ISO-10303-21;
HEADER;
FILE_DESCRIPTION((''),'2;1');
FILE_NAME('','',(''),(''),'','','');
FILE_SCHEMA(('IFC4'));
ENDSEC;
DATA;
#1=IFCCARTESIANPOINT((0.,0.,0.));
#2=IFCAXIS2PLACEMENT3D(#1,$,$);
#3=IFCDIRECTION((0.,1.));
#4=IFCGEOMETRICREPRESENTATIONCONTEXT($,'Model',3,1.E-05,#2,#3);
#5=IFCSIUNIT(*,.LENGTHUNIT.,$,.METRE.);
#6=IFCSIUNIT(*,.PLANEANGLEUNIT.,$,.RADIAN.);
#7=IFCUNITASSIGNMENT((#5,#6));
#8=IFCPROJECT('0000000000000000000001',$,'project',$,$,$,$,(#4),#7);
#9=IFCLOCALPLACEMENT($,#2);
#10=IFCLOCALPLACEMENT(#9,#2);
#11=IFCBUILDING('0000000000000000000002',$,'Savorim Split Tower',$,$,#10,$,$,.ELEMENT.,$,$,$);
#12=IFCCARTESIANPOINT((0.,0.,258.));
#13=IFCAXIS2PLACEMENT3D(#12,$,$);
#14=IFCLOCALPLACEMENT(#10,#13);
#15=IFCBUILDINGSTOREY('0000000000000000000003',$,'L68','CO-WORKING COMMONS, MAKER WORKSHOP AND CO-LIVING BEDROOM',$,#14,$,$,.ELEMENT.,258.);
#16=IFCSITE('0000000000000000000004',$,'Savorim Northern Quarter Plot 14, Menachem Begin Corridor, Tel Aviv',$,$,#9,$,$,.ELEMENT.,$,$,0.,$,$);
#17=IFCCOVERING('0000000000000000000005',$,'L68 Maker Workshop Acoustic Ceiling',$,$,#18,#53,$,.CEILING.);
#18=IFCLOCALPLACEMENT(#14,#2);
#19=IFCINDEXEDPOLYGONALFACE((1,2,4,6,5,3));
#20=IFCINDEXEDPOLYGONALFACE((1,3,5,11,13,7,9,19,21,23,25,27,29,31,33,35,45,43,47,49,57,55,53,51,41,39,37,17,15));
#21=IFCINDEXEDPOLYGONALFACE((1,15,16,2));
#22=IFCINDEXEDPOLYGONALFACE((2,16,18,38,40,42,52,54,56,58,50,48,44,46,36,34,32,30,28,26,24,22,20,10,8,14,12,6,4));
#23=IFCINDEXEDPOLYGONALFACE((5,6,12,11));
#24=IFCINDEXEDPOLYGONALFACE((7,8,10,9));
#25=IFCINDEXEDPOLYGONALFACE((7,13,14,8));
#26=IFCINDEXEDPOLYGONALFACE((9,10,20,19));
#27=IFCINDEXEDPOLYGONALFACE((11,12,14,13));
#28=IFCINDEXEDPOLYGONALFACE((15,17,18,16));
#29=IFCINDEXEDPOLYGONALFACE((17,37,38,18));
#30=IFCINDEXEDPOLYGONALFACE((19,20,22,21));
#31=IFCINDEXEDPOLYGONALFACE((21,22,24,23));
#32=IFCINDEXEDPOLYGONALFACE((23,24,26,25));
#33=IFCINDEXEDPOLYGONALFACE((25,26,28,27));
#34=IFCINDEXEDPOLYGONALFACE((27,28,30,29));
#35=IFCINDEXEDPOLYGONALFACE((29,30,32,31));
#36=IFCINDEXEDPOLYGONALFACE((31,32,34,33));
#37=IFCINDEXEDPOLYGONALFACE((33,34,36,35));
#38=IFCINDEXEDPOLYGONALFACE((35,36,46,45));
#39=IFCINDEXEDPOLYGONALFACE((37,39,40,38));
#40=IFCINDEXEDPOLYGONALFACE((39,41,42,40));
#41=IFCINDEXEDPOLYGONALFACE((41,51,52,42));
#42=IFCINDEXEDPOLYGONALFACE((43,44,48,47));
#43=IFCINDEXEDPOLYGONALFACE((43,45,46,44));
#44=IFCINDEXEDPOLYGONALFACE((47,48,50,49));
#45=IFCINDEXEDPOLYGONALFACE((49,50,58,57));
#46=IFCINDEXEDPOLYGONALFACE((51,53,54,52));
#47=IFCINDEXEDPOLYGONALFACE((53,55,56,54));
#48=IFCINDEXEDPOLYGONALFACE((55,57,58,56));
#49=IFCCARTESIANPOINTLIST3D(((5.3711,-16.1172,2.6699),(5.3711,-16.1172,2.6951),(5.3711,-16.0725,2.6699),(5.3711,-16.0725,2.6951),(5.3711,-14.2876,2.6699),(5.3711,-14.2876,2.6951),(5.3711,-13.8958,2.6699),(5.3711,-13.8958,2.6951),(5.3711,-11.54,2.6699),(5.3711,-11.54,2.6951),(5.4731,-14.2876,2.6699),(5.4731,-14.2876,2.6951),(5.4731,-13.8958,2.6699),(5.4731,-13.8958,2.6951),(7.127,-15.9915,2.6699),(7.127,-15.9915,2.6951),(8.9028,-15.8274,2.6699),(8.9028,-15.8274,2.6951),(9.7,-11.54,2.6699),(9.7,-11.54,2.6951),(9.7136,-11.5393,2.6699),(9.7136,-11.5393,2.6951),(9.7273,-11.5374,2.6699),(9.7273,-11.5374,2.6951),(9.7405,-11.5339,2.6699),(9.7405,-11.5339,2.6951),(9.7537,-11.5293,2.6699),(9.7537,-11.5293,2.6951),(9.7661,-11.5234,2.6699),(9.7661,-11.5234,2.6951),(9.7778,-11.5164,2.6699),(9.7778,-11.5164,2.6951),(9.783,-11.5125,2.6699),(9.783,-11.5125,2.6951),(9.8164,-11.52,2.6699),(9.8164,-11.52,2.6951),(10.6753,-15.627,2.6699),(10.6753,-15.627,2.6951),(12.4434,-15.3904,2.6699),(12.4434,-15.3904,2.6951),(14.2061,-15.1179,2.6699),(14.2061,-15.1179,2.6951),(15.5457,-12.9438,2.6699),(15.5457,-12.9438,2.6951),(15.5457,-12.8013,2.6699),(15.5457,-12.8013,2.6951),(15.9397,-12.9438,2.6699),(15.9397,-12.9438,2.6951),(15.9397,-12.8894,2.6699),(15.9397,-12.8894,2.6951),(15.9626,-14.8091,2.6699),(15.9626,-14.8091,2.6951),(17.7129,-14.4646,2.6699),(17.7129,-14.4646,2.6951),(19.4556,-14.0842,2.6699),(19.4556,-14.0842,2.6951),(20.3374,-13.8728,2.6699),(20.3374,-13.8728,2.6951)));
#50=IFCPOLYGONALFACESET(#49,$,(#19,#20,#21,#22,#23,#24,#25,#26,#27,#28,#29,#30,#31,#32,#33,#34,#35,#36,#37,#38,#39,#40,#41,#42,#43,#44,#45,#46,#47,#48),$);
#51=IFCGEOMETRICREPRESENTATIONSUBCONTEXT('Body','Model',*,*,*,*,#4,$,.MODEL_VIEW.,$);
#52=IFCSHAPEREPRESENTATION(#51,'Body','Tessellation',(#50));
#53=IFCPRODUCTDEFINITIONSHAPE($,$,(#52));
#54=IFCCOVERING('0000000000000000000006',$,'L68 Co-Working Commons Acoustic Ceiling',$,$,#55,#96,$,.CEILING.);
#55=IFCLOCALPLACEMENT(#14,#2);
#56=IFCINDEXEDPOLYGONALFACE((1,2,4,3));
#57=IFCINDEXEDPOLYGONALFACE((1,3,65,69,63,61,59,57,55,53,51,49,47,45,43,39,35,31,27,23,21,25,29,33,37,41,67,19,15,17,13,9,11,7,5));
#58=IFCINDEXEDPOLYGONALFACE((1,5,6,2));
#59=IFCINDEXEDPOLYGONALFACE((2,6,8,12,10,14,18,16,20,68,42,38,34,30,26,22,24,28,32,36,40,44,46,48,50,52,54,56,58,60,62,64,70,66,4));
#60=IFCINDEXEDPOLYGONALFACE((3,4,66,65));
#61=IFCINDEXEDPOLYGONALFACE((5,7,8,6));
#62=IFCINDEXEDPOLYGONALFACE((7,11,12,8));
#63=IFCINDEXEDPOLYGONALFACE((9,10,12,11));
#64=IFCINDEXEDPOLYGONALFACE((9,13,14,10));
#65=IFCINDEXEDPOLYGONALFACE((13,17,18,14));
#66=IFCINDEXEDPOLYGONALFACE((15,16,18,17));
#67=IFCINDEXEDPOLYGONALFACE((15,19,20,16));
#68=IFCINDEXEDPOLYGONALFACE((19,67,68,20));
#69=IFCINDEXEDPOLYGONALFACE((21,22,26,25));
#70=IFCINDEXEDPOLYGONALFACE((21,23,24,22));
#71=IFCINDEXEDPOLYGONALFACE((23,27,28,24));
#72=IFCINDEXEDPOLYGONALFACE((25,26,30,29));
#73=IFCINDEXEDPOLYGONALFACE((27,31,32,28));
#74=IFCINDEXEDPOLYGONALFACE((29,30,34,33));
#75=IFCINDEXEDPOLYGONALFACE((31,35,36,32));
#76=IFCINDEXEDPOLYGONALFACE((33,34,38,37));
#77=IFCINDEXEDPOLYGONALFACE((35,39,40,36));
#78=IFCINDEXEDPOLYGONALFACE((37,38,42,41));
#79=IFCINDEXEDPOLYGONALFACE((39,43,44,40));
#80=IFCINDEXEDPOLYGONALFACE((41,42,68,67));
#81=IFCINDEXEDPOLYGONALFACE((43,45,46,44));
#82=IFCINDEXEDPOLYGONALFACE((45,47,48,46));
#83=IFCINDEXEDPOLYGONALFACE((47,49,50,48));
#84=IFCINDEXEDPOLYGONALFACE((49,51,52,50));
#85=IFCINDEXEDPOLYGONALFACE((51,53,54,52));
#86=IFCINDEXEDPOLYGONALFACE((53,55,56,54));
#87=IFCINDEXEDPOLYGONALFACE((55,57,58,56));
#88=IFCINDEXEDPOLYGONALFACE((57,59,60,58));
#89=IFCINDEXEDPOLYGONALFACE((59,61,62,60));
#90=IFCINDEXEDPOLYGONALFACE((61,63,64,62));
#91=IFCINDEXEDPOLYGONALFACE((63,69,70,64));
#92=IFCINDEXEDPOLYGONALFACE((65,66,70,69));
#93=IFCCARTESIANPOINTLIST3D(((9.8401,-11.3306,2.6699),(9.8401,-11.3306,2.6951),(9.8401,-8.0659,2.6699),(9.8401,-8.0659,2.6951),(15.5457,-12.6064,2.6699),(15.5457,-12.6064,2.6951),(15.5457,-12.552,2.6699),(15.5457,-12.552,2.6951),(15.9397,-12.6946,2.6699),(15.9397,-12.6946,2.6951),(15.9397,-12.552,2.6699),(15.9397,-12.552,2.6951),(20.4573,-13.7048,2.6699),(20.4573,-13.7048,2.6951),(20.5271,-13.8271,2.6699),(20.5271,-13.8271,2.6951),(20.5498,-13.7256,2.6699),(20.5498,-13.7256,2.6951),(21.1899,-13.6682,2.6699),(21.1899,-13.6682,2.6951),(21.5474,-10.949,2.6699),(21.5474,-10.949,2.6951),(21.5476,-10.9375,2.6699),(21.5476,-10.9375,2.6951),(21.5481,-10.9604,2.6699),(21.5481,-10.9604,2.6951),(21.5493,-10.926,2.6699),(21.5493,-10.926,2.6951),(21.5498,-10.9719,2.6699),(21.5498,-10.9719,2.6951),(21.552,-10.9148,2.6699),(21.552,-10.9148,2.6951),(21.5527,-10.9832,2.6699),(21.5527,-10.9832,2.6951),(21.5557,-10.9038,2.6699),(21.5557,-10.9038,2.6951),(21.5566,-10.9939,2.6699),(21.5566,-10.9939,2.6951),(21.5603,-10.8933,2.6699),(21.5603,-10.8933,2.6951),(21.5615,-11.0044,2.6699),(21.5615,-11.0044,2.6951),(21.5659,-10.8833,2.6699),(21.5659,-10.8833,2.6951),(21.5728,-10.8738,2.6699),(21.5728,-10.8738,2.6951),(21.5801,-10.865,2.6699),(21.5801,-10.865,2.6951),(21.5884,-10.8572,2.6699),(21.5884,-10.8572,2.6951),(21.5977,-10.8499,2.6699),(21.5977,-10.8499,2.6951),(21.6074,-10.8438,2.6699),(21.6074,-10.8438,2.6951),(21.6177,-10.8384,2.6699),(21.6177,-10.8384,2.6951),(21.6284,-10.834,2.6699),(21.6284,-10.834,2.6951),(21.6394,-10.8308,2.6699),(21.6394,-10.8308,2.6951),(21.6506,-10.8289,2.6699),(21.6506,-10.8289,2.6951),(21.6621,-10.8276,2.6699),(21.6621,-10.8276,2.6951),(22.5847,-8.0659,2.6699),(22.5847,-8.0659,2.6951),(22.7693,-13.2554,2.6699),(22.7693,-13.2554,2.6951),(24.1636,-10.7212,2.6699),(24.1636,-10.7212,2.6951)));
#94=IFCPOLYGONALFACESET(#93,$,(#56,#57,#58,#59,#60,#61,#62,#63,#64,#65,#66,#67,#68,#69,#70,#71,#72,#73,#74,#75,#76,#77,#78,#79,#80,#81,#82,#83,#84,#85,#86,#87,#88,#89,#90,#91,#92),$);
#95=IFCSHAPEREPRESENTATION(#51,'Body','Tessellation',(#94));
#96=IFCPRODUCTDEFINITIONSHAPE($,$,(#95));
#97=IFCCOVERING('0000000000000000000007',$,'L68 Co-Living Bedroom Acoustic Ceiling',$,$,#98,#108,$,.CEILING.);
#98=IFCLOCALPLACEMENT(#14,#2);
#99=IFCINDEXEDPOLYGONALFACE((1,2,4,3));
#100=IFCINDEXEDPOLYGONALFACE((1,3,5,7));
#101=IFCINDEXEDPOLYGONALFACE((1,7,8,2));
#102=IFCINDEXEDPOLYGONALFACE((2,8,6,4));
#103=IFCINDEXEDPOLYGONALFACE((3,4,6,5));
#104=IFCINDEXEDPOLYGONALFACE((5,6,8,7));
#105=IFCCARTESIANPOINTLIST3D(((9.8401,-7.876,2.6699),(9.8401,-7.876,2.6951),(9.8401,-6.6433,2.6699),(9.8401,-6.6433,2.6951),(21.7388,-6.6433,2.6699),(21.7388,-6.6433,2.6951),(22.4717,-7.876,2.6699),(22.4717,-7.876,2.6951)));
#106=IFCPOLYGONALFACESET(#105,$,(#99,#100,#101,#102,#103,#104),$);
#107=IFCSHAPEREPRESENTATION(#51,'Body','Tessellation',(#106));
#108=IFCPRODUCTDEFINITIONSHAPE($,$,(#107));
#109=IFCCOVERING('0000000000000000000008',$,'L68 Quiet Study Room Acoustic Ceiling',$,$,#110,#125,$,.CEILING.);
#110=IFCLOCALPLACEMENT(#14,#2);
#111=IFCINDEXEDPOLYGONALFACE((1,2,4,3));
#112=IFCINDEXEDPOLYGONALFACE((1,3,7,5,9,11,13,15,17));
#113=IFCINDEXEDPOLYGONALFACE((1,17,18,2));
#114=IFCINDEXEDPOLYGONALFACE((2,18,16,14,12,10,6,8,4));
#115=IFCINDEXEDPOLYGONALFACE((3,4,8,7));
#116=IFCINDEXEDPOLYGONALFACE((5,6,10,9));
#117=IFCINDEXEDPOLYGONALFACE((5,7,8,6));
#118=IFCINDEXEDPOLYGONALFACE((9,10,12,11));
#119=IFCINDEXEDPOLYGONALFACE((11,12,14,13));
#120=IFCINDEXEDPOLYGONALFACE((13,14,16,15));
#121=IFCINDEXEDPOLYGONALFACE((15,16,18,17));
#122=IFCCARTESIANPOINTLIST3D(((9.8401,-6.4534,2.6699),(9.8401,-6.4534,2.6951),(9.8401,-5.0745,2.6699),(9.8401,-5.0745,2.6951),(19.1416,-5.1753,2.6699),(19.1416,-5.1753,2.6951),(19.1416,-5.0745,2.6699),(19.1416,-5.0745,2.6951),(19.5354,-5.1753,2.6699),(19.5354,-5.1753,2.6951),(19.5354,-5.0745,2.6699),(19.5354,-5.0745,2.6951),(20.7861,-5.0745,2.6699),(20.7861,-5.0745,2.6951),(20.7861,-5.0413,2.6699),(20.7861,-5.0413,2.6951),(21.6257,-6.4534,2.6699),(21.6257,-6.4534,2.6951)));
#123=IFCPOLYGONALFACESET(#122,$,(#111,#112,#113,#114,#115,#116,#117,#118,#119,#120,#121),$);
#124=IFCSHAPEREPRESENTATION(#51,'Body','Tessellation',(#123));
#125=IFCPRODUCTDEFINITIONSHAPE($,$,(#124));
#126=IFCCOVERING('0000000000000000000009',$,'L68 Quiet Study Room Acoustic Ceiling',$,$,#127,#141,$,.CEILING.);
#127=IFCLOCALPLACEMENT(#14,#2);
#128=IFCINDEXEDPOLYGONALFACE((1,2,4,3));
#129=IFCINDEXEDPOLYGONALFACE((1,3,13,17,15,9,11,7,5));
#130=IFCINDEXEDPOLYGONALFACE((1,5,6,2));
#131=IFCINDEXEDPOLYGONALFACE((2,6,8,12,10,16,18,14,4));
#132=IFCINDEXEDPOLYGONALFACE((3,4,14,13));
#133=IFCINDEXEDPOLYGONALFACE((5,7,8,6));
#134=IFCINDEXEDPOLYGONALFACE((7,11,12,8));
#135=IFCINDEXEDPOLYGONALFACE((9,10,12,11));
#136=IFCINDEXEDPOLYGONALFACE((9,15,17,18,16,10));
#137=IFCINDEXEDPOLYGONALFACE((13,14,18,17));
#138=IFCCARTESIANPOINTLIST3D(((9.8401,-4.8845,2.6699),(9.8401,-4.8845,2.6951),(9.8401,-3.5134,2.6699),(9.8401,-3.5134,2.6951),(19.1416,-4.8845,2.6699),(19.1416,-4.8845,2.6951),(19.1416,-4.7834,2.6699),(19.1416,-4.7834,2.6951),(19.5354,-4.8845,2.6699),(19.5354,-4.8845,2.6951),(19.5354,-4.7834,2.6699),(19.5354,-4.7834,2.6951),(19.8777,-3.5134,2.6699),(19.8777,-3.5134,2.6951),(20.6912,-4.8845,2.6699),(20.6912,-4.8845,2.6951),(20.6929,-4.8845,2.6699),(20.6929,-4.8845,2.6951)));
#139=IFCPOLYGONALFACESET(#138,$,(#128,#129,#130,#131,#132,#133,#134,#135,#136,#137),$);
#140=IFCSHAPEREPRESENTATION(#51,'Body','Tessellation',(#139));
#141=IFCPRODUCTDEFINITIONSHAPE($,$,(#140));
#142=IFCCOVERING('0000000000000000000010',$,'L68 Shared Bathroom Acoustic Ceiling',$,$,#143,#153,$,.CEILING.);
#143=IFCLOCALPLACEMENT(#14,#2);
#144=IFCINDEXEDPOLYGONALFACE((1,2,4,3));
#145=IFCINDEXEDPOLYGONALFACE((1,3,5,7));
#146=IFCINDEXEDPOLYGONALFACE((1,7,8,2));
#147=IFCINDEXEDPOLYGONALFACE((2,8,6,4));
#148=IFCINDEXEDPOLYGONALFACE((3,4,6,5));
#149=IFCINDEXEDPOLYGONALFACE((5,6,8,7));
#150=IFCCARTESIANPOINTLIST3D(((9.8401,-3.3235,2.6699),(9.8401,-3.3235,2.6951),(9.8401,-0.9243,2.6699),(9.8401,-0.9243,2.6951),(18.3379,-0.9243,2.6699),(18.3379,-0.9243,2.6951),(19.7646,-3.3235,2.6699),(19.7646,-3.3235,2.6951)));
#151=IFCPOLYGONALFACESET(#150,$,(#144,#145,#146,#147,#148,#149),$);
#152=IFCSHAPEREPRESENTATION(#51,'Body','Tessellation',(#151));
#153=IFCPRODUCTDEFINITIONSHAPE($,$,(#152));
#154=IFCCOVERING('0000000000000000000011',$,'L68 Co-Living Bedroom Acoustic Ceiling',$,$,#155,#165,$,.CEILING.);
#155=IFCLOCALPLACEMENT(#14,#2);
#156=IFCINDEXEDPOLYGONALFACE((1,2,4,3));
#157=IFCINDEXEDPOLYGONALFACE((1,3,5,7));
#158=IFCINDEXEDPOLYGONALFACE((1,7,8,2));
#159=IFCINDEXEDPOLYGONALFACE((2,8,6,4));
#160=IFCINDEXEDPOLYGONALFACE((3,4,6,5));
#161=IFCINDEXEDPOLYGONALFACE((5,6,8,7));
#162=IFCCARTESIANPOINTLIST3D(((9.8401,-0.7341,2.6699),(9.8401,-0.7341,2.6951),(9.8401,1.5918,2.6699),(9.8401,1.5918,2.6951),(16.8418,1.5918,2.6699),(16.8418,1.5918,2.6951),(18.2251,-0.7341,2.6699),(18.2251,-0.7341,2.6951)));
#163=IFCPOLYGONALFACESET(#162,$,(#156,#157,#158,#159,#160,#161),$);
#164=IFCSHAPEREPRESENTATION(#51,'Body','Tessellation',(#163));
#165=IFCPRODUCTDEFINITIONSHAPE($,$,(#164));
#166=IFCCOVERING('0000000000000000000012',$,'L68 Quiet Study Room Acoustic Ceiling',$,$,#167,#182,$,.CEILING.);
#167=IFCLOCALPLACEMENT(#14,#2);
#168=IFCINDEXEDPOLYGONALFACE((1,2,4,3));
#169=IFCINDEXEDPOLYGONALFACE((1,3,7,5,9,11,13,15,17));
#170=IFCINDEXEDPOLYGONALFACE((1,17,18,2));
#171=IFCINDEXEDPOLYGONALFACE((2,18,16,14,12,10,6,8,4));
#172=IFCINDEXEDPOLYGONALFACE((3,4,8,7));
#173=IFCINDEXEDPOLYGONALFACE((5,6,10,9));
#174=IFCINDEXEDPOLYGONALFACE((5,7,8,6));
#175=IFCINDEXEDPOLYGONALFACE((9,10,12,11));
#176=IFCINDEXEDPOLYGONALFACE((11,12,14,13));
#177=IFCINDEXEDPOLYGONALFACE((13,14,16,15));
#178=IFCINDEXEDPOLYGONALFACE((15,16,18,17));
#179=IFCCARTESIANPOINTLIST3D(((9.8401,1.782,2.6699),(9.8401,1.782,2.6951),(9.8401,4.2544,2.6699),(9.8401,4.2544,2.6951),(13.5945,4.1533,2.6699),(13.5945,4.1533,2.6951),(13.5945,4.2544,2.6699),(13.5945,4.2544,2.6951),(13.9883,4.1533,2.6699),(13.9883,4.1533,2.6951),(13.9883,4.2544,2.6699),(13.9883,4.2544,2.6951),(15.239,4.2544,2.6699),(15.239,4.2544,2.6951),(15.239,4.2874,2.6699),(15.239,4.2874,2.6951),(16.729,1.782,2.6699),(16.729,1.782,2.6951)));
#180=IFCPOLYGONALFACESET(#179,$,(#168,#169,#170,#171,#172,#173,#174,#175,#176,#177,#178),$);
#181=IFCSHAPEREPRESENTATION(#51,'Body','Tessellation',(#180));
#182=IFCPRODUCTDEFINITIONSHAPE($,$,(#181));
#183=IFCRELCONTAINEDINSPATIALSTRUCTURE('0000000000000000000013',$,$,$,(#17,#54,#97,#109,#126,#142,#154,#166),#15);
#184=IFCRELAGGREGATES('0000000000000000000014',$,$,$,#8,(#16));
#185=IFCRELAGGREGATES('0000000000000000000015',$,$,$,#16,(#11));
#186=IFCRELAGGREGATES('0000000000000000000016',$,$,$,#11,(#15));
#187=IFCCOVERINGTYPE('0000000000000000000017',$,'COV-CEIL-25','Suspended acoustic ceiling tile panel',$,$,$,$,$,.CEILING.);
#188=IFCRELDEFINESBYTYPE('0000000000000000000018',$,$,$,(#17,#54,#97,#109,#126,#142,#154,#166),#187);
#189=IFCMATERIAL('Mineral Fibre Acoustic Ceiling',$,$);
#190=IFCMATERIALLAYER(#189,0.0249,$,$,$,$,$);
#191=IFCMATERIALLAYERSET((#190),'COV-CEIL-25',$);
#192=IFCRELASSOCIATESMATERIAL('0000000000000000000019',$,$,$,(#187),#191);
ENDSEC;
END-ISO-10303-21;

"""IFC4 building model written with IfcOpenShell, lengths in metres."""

from ifc_helpers import new_model, si_unit, direction, frame, origin, place, context, subcontext, project, spatial, polyline, outline, extrude, material, layer, layer_set, type_object, element, save


model = new_model("IFC4")

# Units and contexts
model_context = context("Model", 3, precision=1e-05, world=origin(), true_north=direction((0.0, 1.0)))
body_context = subcontext(model_context, "Body", "Model", "MODEL_VIEW")
ifc_project = project(units=[si_unit("LENGTHUNIT", "METRE"), si_unit("PLANEANGLEUNIT", "RADIAN")], contexts=[model_context])

# Site, building, storey
site_placement = place(None, origin())
site = spatial("IfcSite", under=ifc_project, at=site_placement, Name="Savorim Northern Quarter Plot 14, Menachem Begin Corridor, Tel Aviv", CompositionType="ELEMENT", RefElevation=0.0)
building_placement = place(site_placement, origin())
building = spatial("IfcBuilding", under=site, at=building_placement, Name="Savorim Split Tower", CompositionType="ELEMENT")
storey_placement = place(building_placement, frame((0.0, 0.0, 258.0)))
storey = spatial("IfcBuildingStorey", under=building, at=storey_placement, Name="L68", Description="CO-WORKING COMMONS, MAKER WORKSHOP AND CO-LIVING BEDROOM", CompositionType="ELEMENT", Elevation=258.0)

# Coverings
ifc_material_1 = material(Name="Mineral Fibre Acoustic Ceiling")
ifc_layer_1 = layer(ifc_material_1, 0.0249)
ifc_layer_set_1 = layer_set([ifc_layer_1], Name="COV-CEIL-25")
covering_type_1 = type_object("IfcCoveringType", Name="COV-CEIL-25", Description="Suspended acoustic ceiling tile panel", PredefinedType="CEILING", material=ifc_layer_set_1)
covering_1_placement = place(storey_placement, frame((0.0, 0.0, 2.6699)))
element("IfcCovering", 1, at=covering_1_placement, inside=storey, type_object=covering_type_1, Name="L68 Maker Workshop Acoustic Ceiling", PredefinedType="CEILING", context=body_context, shape_type="SweptSolid", body=[
    extrude(outline(polyline([(14.2061, -15.1179), (15.9626, -14.8091), (17.7129, -14.4646), (19.4556, -14.0842), (20.3374, -13.8728), (15.9397, -12.8894), (15.9397, -12.9438), (15.5457, -12.9438), (15.5457, -12.8013), (9.8164, -11.52), (9.783, -11.5125), (9.7778, -11.5164), (9.7661, -11.5234), (9.7537, -11.5293), (9.7405, -11.5339), (9.7273, -11.5374), (9.7136, -11.5393), (9.7, -11.54), (5.3711, -11.54), (5.3711, -13.8958), (5.4731, -13.8958), (5.4731, -14.2876), (5.3711, -14.2876), (5.3711, -16.0725), (5.3711, -16.1172), (7.127, -15.9915), (8.9028, -15.8274), (10.6753, -15.627), (12.4434, -15.3904), (14.2061, -15.1179)])), origin(), (0.0, 0.0, 1.0), 0.0251),
])
covering_2_placement = place(storey_placement, frame((0.0, 0.0, 2.6699)))
element("IfcCovering", 2, at=covering_2_placement, inside=storey, type_object=covering_type_1, Name="L68 Co-Working Commons Acoustic Ceiling", PredefinedType="CEILING", context=body_context, shape_type="SweptSolid", body=[
    extrude(outline(polyline([(21.6394, -10.8308), (21.6506, -10.8289), (21.6621, -10.8276), (24.1636, -10.7212), (22.5847, -8.0659), (9.8401, -8.0659), (9.8401, -11.3306), (15.5457, -12.6064), (15.5457, -12.552), (15.9397, -12.552), (15.9397, -12.6946), (20.4573, -13.7048), (20.5498, -13.7256), (20.5271, -13.8271), (21.1899, -13.6682), (22.7693, -13.2554), (21.5615, -11.0044), (21.5566, -10.9939), (21.5527, -10.9832), (21.5498, -10.9719), (21.5481, -10.9604), (21.5474, -10.949), (21.5476, -10.9375), (21.5493, -10.926), (21.552, -10.9148), (21.5557, -10.9038), (21.5603, -10.8933), (21.5659, -10.8833), (21.5728, -10.8738), (21.5801, -10.865), (21.5884, -10.8572), (21.5977, -10.8499), (21.6074, -10.8438), (21.6177, -10.8384), (21.6284, -10.834), (21.6394, -10.8308)])), origin(), (0.0, 0.0, 1.0), 0.0251),
])
covering_3_placement = place(storey_placement, frame((0.0, 0.0, 2.6699)))
element("IfcCovering", 3, at=covering_3_placement, inside=storey, type_object=covering_type_1, Name="L68 Co-Living Bedroom Acoustic Ceiling", PredefinedType="CEILING", context=body_context, shape_type="SweptSolid", body=[
    extrude(outline(polyline([(22.4717, -7.876), (21.7388, -6.6433), (9.8401, -6.6433), (9.8401, -7.876), (22.4717, -7.876)])), origin(), (0.0, 0.0, 1.0), 0.0251),
])
covering_4_placement = place(storey_placement, frame((0.0, 0.0, 2.6699)))
element("IfcCovering", 4, at=covering_4_placement, inside=storey, type_object=covering_type_1, Name="L68 Quiet Study Room Acoustic Ceiling", PredefinedType="CEILING", context=body_context, shape_type="SweptSolid", body=[
    extrude(outline(polyline([(19.1416, -5.1753), (19.1416, -5.0745), (9.8401, -5.0745), (9.8401, -6.4534), (21.6257, -6.4534), (20.7861, -5.0413), (20.7861, -5.0745), (19.5354, -5.0745), (19.5354, -5.1753), (19.1416, -5.1753)])), origin(), (0.0, 0.0, 1.0), 0.0251),
])
covering_5_placement = place(storey_placement, frame((0.0, 0.0, 2.6699)))
element("IfcCovering", 5, at=covering_5_placement, inside=storey, type_object=covering_type_1, Name="L68 Quiet Study Room Acoustic Ceiling", PredefinedType="CEILING", context=body_context, shape_type="SweptSolid", body=[
    extrude(outline(polyline([(19.5354, -4.7834), (19.5354, -4.8845), (20.6912, -4.8845), (20.6929, -4.8845), (19.8777, -3.5134), (9.8401, -3.5134), (9.8401, -4.8845), (19.1416, -4.8845), (19.1416, -4.7834), (19.5354, -4.7834)])), origin(), (0.0, 0.0, 1.0), 0.0251),
])
covering_6_placement = place(storey_placement, frame((0.0, 0.0, 2.6699)))
element("IfcCovering", 6, at=covering_6_placement, inside=storey, type_object=covering_type_1, Name="L68 Shared Bathroom Acoustic Ceiling", PredefinedType="CEILING", context=body_context, shape_type="SweptSolid", body=[
    extrude(outline(polyline([(19.7646, -3.3235), (18.3379, -0.9243), (9.8401, -0.9243), (9.8401, -3.3235), (19.7646, -3.3235)])), origin(), (0.0, 0.0, 1.0), 0.0251),
])
covering_7_placement = place(storey_placement, frame((0.0, 0.0, 2.6699)))
element("IfcCovering", 7, at=covering_7_placement, inside=storey, type_object=covering_type_1, Name="L68 Co-Living Bedroom Acoustic Ceiling", PredefinedType="CEILING", context=body_context, shape_type="SweptSolid", body=[
    extrude(outline(polyline([(18.2251, -0.7341), (16.8418, 1.5918), (9.8401, 1.5918), (9.8401, -0.7341), (18.2251, -0.7341)])), origin(), (0.0, 0.0, 1.0), 0.0251),
])
covering_8_placement = place(storey_placement, frame((0.0, 0.0, 2.6699)))
element("IfcCovering", 8, at=covering_8_placement, inside=storey, type_object=covering_type_1, Name="L68 Quiet Study Room Acoustic Ceiling", PredefinedType="CEILING", context=body_context, shape_type="SweptSolid", body=[
    extrude(outline(polyline([(13.5945, 4.1533), (13.5945, 4.2544), (9.8401, 4.2544), (9.8401, 1.782), (16.729, 1.782), (15.239, 4.2874), (15.239, 4.2544), (13.9883, 4.2544), (13.9883, 4.1533), (13.5945, 4.1533)])), origin(), (0.0, 0.0, 1.0), 0.0251),
])

save(model, "model.ifc")
